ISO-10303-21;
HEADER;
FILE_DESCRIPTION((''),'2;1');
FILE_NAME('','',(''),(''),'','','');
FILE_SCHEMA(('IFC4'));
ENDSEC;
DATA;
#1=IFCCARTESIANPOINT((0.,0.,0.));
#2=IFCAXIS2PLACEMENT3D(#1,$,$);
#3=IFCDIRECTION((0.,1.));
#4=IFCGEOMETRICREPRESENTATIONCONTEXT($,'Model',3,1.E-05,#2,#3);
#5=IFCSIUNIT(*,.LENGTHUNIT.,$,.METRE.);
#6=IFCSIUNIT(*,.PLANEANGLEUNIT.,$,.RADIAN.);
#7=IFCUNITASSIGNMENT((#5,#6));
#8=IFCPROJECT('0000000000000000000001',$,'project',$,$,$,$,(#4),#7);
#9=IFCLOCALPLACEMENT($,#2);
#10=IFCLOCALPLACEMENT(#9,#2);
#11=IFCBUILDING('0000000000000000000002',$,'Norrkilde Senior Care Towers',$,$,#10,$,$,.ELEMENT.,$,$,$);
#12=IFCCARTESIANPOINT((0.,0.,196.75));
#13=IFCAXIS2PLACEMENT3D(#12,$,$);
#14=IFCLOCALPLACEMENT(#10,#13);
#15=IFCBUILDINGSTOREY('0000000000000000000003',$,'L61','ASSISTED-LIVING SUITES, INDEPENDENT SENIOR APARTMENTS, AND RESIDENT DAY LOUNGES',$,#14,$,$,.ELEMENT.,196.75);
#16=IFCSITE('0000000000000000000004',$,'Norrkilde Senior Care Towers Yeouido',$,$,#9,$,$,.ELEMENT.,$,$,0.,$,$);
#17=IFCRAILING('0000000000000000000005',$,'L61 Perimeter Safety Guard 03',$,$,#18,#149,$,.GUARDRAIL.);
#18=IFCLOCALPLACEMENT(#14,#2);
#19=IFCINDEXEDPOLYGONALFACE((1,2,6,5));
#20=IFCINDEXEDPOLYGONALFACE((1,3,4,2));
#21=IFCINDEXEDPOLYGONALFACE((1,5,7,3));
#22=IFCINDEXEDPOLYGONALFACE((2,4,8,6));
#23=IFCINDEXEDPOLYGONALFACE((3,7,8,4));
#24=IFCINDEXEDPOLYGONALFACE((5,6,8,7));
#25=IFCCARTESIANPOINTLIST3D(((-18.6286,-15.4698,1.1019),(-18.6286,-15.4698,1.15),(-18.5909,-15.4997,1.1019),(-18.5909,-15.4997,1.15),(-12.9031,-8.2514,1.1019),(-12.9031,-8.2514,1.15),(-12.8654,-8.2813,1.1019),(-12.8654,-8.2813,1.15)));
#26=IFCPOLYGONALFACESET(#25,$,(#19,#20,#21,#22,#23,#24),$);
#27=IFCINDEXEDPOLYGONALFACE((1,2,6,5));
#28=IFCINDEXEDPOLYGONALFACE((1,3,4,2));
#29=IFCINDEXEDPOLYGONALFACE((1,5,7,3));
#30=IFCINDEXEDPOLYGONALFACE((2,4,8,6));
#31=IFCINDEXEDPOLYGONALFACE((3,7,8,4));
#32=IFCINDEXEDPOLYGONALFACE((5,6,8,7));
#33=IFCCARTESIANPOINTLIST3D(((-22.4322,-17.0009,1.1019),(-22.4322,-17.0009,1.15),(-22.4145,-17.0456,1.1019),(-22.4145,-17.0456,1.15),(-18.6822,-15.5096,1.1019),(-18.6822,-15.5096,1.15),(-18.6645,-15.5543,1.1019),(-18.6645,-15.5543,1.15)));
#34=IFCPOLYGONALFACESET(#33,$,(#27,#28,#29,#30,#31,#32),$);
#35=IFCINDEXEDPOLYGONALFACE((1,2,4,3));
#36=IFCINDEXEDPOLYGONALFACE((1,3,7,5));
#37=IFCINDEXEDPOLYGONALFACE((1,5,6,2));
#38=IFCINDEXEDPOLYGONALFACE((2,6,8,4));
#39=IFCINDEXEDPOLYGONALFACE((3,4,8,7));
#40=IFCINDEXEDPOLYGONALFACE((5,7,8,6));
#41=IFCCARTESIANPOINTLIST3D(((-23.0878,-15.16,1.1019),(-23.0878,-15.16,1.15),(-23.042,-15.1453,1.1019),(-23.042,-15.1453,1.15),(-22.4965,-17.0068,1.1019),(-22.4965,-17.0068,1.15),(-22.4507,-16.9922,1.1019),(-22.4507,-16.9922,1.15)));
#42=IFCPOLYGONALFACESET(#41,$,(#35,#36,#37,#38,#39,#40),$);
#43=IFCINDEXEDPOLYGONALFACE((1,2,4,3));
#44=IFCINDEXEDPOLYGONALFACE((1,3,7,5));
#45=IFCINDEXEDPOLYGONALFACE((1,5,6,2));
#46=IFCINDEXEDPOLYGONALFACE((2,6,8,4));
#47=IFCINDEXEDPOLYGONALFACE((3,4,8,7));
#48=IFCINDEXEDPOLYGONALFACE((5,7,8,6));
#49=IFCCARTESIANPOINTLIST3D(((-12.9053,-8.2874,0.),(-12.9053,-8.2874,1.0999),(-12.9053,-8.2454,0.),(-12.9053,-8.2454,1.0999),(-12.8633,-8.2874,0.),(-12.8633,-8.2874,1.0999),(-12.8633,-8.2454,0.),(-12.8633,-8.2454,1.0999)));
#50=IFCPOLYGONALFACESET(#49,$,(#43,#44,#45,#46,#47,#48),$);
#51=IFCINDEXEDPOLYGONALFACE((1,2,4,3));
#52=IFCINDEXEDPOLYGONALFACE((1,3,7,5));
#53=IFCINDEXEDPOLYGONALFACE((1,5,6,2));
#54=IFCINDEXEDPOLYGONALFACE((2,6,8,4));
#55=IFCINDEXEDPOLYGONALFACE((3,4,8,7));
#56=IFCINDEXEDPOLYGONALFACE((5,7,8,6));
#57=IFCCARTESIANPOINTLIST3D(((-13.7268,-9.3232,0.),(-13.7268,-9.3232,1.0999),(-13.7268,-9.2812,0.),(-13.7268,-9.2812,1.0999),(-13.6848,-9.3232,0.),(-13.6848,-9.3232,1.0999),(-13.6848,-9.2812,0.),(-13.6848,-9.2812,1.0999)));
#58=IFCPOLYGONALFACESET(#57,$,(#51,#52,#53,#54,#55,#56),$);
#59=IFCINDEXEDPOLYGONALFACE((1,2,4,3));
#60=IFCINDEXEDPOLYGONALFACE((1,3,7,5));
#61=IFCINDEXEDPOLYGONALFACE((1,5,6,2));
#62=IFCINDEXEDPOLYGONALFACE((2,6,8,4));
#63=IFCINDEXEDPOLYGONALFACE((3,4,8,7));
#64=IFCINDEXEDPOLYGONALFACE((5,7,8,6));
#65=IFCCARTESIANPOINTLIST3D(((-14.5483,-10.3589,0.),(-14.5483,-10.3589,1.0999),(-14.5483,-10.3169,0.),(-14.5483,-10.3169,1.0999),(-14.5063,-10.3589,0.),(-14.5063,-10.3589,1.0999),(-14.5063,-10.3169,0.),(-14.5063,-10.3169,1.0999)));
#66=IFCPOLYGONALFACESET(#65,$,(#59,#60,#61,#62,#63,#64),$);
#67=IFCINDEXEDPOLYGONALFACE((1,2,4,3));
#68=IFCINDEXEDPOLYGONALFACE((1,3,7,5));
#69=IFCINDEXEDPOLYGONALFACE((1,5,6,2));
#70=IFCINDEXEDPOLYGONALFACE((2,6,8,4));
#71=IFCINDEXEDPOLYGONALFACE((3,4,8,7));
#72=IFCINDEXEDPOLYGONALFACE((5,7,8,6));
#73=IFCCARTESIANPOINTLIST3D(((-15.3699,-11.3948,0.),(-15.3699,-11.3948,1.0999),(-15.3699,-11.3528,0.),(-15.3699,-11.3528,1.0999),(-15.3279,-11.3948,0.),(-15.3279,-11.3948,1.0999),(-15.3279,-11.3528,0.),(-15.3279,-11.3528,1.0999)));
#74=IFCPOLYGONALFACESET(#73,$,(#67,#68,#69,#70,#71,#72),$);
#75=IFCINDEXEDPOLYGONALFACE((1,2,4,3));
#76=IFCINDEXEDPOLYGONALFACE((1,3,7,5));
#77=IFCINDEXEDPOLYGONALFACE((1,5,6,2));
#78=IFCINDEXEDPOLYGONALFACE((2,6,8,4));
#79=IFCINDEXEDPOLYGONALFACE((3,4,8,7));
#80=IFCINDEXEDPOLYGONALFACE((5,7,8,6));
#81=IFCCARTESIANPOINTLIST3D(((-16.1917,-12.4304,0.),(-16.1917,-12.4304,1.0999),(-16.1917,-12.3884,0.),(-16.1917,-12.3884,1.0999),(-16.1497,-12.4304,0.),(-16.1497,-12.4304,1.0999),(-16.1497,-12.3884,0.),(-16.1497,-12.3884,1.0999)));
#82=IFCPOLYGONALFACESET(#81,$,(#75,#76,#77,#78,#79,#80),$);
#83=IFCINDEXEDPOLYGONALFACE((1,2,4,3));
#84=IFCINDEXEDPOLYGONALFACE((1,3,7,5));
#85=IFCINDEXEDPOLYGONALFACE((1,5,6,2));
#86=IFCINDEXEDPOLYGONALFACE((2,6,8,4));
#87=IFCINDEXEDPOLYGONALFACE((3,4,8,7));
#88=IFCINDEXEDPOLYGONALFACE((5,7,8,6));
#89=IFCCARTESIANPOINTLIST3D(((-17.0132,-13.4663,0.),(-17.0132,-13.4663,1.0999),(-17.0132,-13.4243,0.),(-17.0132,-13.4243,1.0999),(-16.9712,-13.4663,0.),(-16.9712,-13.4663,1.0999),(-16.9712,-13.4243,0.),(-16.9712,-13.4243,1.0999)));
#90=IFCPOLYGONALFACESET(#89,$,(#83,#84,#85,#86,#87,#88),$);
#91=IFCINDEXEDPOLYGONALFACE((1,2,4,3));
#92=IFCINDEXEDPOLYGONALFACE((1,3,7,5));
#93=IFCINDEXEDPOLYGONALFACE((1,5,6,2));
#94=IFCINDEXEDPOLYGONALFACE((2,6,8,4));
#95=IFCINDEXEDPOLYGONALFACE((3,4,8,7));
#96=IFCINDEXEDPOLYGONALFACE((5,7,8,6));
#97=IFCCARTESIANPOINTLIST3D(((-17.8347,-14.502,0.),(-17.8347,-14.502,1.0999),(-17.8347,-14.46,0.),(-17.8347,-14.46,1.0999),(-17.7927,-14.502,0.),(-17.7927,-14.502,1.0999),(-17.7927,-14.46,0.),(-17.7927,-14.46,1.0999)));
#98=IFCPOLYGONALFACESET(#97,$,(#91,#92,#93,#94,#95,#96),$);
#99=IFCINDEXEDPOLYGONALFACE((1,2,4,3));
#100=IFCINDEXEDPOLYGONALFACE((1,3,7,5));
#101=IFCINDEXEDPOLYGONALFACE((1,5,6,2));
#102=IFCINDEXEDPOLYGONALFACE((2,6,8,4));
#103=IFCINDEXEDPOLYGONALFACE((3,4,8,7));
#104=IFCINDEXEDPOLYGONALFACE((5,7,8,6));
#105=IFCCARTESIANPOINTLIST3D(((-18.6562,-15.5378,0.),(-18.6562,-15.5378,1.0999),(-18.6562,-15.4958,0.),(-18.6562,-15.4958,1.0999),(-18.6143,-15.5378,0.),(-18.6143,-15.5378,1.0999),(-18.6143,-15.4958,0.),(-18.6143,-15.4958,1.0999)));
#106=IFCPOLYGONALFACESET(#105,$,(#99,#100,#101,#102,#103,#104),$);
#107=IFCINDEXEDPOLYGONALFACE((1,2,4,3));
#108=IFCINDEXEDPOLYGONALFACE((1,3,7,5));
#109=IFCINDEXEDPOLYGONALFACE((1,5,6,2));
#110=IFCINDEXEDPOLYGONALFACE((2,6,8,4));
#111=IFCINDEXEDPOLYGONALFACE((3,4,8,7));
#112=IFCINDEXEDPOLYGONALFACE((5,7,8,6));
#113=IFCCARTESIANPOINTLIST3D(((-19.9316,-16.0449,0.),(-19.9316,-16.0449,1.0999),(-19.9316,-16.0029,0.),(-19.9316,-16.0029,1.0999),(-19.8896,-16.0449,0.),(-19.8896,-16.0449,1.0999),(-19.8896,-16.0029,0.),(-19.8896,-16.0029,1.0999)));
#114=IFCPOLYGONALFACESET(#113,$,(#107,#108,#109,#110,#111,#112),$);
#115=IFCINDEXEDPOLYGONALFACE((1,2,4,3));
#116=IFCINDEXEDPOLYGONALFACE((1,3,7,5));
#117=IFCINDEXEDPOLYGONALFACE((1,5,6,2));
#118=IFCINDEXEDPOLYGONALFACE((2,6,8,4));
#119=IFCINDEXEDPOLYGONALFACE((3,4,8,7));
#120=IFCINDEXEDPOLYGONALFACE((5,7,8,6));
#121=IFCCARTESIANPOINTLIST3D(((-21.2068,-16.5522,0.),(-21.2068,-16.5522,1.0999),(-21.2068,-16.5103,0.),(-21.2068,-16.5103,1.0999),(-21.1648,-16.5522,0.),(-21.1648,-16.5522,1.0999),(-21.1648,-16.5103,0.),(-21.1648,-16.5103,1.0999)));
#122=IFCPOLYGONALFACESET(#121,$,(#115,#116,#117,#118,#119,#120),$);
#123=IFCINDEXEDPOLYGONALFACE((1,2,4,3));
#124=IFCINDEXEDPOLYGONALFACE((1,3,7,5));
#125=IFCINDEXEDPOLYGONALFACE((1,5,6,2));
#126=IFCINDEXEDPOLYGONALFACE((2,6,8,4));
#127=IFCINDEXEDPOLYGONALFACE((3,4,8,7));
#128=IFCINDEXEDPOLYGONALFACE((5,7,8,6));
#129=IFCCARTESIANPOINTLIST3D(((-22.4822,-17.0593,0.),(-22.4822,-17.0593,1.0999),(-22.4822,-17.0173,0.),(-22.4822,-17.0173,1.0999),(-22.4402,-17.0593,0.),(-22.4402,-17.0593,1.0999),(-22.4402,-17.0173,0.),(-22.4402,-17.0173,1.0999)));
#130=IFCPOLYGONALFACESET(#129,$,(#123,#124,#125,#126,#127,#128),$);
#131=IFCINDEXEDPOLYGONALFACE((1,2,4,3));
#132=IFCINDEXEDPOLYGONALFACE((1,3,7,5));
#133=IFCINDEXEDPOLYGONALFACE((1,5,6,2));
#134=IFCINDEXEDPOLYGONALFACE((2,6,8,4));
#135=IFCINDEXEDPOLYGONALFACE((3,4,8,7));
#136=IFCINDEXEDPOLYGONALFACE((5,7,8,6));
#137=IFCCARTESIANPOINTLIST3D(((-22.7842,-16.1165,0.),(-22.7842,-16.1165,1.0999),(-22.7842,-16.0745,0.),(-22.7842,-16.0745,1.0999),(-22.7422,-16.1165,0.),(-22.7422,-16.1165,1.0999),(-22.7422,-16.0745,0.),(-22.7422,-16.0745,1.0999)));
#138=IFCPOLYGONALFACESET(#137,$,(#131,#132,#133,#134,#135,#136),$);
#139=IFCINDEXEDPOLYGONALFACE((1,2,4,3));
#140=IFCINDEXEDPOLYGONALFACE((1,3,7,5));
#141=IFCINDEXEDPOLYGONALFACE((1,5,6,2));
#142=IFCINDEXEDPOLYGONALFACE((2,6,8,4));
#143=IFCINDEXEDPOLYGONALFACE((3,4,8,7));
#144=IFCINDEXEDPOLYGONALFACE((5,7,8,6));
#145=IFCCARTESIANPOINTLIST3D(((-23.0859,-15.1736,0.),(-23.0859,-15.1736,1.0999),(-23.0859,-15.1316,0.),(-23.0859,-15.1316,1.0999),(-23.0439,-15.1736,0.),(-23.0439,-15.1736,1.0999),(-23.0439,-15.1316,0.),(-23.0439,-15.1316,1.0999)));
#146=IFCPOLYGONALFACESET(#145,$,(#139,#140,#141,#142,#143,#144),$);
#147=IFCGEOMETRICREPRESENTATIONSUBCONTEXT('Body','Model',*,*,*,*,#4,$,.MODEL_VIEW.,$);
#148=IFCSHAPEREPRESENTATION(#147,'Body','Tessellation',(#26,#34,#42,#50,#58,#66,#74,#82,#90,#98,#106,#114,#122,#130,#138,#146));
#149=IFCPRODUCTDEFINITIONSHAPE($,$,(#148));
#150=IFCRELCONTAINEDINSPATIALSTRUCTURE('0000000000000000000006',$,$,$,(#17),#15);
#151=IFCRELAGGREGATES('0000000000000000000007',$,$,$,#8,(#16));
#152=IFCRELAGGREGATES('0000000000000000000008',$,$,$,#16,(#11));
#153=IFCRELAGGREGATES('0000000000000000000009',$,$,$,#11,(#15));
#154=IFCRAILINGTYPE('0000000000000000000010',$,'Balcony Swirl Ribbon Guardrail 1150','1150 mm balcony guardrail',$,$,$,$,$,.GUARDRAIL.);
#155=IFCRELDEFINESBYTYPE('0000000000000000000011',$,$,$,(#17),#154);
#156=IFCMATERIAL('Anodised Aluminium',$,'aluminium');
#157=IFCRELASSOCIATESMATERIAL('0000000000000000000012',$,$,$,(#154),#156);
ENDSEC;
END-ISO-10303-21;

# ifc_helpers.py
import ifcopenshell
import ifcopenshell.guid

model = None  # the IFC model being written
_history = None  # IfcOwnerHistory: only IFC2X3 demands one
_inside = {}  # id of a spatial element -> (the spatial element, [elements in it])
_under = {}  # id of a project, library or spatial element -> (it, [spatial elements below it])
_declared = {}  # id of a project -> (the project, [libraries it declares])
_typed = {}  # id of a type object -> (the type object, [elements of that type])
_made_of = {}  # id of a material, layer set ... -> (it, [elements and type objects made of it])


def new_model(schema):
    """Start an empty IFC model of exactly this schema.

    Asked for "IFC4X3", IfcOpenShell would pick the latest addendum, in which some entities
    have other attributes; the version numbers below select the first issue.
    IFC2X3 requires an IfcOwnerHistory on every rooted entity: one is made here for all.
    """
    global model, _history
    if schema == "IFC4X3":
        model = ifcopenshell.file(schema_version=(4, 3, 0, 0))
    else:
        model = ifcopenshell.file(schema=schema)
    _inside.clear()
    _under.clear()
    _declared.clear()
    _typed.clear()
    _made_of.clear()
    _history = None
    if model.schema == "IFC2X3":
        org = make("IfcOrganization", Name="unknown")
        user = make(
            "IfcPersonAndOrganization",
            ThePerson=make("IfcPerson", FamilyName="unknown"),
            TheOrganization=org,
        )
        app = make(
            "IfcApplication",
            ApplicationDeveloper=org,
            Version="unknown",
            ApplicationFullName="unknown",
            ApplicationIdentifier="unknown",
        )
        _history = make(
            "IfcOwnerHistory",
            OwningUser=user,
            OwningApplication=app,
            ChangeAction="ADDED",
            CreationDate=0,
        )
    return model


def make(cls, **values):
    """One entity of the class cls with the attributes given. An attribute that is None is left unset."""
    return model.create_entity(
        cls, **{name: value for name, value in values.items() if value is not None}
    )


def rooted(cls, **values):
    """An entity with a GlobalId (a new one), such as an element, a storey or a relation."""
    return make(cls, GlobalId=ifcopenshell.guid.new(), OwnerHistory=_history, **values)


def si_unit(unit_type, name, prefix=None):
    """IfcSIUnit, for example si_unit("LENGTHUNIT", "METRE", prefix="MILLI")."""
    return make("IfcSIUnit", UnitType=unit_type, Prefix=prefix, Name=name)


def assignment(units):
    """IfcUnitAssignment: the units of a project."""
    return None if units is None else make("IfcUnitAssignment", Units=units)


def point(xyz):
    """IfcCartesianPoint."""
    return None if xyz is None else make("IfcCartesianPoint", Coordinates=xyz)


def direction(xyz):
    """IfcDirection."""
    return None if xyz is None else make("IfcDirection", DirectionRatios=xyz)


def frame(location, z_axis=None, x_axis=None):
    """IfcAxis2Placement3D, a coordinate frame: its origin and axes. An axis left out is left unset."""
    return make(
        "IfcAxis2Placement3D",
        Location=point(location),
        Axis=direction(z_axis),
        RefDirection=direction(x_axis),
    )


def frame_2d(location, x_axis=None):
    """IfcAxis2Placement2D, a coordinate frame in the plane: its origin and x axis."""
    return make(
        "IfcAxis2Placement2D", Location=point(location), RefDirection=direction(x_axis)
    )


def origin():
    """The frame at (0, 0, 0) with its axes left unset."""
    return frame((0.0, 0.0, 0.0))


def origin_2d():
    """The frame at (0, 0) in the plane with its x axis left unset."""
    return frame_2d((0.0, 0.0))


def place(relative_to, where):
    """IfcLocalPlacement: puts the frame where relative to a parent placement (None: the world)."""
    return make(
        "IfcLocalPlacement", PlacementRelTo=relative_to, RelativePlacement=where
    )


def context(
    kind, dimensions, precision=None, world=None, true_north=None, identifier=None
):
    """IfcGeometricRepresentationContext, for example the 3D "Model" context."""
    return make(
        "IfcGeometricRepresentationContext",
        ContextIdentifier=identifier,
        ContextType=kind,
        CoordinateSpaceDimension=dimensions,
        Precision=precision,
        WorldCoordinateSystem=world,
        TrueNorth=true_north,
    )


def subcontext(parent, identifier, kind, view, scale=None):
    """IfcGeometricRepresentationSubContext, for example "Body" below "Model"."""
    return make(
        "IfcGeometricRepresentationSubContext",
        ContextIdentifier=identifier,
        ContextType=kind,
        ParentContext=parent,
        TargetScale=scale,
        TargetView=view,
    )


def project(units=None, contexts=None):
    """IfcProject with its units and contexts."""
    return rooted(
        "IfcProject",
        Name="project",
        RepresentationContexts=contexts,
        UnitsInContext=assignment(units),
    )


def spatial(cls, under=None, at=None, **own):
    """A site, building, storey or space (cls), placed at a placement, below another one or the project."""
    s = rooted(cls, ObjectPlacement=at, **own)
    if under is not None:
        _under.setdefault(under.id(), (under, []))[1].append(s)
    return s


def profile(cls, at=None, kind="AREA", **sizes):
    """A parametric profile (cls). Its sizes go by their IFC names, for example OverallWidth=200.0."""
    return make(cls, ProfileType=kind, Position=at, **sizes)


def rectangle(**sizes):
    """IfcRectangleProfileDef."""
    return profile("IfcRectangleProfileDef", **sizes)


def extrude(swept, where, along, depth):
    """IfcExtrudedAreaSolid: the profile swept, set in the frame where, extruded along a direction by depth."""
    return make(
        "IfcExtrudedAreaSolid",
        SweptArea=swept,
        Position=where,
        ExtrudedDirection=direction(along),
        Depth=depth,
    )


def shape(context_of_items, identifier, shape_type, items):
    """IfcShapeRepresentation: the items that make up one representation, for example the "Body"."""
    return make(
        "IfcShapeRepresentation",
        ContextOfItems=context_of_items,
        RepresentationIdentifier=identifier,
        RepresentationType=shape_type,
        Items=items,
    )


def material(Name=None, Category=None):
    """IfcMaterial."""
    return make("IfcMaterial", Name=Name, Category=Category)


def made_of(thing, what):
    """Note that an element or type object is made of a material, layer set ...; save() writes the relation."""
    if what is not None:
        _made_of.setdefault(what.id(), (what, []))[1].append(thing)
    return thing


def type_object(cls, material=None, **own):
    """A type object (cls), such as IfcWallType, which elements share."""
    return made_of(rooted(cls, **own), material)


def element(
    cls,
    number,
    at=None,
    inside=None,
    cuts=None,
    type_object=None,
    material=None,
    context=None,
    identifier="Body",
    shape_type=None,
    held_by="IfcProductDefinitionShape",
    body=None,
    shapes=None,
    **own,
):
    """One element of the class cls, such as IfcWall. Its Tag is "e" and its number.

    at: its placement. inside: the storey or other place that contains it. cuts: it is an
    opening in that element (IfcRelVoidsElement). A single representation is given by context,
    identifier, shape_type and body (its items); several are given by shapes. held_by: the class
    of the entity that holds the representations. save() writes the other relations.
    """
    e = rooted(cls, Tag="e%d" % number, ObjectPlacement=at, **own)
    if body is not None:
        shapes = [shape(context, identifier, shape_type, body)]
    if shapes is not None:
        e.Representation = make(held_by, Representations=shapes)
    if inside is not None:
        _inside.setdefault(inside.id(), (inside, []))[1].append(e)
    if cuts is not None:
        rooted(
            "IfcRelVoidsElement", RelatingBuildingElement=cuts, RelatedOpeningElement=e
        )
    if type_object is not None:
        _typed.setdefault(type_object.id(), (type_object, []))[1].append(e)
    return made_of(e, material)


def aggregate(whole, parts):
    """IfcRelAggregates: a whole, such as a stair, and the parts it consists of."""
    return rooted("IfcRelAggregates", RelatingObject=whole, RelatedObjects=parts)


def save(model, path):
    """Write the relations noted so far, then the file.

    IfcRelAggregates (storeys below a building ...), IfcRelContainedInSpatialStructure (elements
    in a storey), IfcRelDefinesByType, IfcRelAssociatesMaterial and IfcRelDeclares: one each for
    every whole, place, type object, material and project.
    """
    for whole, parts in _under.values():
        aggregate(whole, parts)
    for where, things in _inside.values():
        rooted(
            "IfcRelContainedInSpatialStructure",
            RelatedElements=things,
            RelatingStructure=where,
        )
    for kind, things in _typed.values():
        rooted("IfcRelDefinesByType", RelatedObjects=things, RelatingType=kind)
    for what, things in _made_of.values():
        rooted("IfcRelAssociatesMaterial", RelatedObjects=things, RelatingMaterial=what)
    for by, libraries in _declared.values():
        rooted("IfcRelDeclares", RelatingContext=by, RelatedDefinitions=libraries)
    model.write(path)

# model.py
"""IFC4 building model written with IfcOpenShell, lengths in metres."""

from ifc_helpers import new_model, si_unit, direction, frame, origin, origin_2d, place, context, subcontext, project, spatial, rectangle, extrude, material, type_object, element, save


model = new_model("IFC4")

# Units and contexts
model_context = context("Model", 3, precision=1e-05, world=origin(), true_north=direction((0.0, 1.0)))
body_context = subcontext(model_context, "Body", "Model", "MODEL_VIEW")
ifc_project = project(units=[si_unit("LENGTHUNIT", "METRE"), si_unit("PLANEANGLEUNIT", "RADIAN")], contexts=[model_context])

# Site, building, storey
site_placement = place(None, origin())
site = spatial("IfcSite", under=ifc_project, at=site_placement, Name="Norrkilde Senior Care Towers Yeouido", CompositionType="ELEMENT", RefElevation=0.0)
building_placement = place(site_placement, origin())
building = spatial("IfcBuilding", under=site, at=building_placement, Name="Norrkilde Senior Care Towers", CompositionType="ELEMENT")
storey_placement = place(building_placement, frame((0.0, 0.0, 196.75)))
storey = spatial("IfcBuildingStorey", under=building, at=storey_placement, Name="L61", Description="ASSISTED-LIVING SUITES, INDEPENDENT SENIOR APARTMENTS, AND RESIDENT DAY LOUNGES", CompositionType="ELEMENT", Elevation=196.75)

# Shared definitions
ifc_material_1 = material(Name="Anodised Aluminium", Category="aluminium")

# Railing
railing_type = type_object("IfcRailingType", Name="Balcony Swirl Ribbon Guardrail 1150", Description="1150 mm balcony guardrail", PredefinedType="GUARDRAIL", material=ifc_material_1)
railing_placement = place(storey_placement, frame((-12.8843, -8.2664, 0.0)))
element("IfcRailing", 1, at=railing_placement, inside=storey, type_object=railing_type, Name="L61 Perimeter Safety Guard 03", PredefinedType="GUARDRAIL", context=body_context, shape_type="SweptSolid", body=[
    extrude(rectangle(XDim=0.0481, YDim=0.0481, at=origin_2d()), frame((0.0, 0.0, 1.126), z_axis=(-0.621434, -0.783467, 0.0), x_axis=(0.783467, -0.621434, 0.0)), (0.0, 0.0, 1.0), 9.2134),
    extrude(rectangle(XDim=0.0481, YDim=0.0481, at=origin_2d()), frame((-5.7891, -7.2656, 1.126), z_axis=(-0.929219, -0.369529, 0.0), x_axis=(0.369529, -0.929219, 0.0)), (0.0, 0.0, 1.0), 4.0356),
    extrude(rectangle(XDim=0.0481, YDim=0.0481, at=origin_2d()), frame((-9.5894, -8.7332, 1.126), z_axis=(-0.304923, 0.952377, 0.0), x_axis=(-0.952377, -0.304923, 0.0)), (0.0, 0.0, 1.0), 1.9392),
    extrude(rectangle(XDim=0.042, YDim=0.042, at=origin_2d()), origin(), (0.0, 0.0, 1.0), 1.0999),
    extrude(rectangle(XDim=0.042, YDim=0.042, at=origin_2d()), frame((-0.8215, -1.0359, 0.0)), (0.0, 0.0, 1.0), 1.0999),
    extrude(rectangle(XDim=0.042, YDim=0.042, at=origin_2d()), frame((-1.6431, -2.0715, 0.0)), (0.0, 0.0, 1.0), 1.0999),
    extrude(rectangle(XDim=0.042, YDim=0.042, at=origin_2d()), frame((-2.4646, -3.1074, 0.0)), (0.0, 0.0, 1.0), 1.0999),
    extrude(rectangle(XDim=0.042, YDim=0.042, at=origin_2d()), frame((-3.2864, -4.1431, 0.0)), (0.0, 0.0, 1.0), 1.0999),
    extrude(rectangle(XDim=0.042, YDim=0.042, at=origin_2d()), frame((-4.1079, -5.179, 0.0)), (0.0, 0.0, 1.0), 1.0999),
    extrude(rectangle(XDim=0.042, YDim=0.042, at=origin_2d()), frame((-4.9294, -6.2146, 0.0)), (0.0, 0.0, 1.0), 1.0999),
    extrude(rectangle(XDim=0.042, YDim=0.042, at=origin_2d()), frame((-5.751, -7.2505, 0.0)), (0.0, 0.0, 1.0), 1.0999),
    extrude(rectangle(XDim=0.042, YDim=0.042, at=origin_2d()), frame((-7.0264, -7.7576, 0.0)), (0.0, 0.0, 1.0), 1.0999),
    extrude(rectangle(XDim=0.042, YDim=0.042, at=origin_2d()), frame((-8.3015, -8.2649, 0.0)), (0.0, 0.0, 1.0), 1.0999),
    extrude(rectangle(XDim=0.042, YDim=0.042, at=origin_2d()), frame((-9.5769, -8.772, 0.0)), (0.0, 0.0, 1.0), 1.0999),
    extrude(rectangle(XDim=0.042, YDim=0.042, at=origin_2d()), frame((-9.8789, -7.8291, 0.0)), (0.0, 0.0, 1.0), 1.0999),
    extrude(rectangle(XDim=0.042, YDim=0.042, at=origin_2d()), frame((-10.1807, -6.8862, 0.0)), (0.0, 0.0, 1.0), 1.0999),
])

save(model, "model.ifc")
